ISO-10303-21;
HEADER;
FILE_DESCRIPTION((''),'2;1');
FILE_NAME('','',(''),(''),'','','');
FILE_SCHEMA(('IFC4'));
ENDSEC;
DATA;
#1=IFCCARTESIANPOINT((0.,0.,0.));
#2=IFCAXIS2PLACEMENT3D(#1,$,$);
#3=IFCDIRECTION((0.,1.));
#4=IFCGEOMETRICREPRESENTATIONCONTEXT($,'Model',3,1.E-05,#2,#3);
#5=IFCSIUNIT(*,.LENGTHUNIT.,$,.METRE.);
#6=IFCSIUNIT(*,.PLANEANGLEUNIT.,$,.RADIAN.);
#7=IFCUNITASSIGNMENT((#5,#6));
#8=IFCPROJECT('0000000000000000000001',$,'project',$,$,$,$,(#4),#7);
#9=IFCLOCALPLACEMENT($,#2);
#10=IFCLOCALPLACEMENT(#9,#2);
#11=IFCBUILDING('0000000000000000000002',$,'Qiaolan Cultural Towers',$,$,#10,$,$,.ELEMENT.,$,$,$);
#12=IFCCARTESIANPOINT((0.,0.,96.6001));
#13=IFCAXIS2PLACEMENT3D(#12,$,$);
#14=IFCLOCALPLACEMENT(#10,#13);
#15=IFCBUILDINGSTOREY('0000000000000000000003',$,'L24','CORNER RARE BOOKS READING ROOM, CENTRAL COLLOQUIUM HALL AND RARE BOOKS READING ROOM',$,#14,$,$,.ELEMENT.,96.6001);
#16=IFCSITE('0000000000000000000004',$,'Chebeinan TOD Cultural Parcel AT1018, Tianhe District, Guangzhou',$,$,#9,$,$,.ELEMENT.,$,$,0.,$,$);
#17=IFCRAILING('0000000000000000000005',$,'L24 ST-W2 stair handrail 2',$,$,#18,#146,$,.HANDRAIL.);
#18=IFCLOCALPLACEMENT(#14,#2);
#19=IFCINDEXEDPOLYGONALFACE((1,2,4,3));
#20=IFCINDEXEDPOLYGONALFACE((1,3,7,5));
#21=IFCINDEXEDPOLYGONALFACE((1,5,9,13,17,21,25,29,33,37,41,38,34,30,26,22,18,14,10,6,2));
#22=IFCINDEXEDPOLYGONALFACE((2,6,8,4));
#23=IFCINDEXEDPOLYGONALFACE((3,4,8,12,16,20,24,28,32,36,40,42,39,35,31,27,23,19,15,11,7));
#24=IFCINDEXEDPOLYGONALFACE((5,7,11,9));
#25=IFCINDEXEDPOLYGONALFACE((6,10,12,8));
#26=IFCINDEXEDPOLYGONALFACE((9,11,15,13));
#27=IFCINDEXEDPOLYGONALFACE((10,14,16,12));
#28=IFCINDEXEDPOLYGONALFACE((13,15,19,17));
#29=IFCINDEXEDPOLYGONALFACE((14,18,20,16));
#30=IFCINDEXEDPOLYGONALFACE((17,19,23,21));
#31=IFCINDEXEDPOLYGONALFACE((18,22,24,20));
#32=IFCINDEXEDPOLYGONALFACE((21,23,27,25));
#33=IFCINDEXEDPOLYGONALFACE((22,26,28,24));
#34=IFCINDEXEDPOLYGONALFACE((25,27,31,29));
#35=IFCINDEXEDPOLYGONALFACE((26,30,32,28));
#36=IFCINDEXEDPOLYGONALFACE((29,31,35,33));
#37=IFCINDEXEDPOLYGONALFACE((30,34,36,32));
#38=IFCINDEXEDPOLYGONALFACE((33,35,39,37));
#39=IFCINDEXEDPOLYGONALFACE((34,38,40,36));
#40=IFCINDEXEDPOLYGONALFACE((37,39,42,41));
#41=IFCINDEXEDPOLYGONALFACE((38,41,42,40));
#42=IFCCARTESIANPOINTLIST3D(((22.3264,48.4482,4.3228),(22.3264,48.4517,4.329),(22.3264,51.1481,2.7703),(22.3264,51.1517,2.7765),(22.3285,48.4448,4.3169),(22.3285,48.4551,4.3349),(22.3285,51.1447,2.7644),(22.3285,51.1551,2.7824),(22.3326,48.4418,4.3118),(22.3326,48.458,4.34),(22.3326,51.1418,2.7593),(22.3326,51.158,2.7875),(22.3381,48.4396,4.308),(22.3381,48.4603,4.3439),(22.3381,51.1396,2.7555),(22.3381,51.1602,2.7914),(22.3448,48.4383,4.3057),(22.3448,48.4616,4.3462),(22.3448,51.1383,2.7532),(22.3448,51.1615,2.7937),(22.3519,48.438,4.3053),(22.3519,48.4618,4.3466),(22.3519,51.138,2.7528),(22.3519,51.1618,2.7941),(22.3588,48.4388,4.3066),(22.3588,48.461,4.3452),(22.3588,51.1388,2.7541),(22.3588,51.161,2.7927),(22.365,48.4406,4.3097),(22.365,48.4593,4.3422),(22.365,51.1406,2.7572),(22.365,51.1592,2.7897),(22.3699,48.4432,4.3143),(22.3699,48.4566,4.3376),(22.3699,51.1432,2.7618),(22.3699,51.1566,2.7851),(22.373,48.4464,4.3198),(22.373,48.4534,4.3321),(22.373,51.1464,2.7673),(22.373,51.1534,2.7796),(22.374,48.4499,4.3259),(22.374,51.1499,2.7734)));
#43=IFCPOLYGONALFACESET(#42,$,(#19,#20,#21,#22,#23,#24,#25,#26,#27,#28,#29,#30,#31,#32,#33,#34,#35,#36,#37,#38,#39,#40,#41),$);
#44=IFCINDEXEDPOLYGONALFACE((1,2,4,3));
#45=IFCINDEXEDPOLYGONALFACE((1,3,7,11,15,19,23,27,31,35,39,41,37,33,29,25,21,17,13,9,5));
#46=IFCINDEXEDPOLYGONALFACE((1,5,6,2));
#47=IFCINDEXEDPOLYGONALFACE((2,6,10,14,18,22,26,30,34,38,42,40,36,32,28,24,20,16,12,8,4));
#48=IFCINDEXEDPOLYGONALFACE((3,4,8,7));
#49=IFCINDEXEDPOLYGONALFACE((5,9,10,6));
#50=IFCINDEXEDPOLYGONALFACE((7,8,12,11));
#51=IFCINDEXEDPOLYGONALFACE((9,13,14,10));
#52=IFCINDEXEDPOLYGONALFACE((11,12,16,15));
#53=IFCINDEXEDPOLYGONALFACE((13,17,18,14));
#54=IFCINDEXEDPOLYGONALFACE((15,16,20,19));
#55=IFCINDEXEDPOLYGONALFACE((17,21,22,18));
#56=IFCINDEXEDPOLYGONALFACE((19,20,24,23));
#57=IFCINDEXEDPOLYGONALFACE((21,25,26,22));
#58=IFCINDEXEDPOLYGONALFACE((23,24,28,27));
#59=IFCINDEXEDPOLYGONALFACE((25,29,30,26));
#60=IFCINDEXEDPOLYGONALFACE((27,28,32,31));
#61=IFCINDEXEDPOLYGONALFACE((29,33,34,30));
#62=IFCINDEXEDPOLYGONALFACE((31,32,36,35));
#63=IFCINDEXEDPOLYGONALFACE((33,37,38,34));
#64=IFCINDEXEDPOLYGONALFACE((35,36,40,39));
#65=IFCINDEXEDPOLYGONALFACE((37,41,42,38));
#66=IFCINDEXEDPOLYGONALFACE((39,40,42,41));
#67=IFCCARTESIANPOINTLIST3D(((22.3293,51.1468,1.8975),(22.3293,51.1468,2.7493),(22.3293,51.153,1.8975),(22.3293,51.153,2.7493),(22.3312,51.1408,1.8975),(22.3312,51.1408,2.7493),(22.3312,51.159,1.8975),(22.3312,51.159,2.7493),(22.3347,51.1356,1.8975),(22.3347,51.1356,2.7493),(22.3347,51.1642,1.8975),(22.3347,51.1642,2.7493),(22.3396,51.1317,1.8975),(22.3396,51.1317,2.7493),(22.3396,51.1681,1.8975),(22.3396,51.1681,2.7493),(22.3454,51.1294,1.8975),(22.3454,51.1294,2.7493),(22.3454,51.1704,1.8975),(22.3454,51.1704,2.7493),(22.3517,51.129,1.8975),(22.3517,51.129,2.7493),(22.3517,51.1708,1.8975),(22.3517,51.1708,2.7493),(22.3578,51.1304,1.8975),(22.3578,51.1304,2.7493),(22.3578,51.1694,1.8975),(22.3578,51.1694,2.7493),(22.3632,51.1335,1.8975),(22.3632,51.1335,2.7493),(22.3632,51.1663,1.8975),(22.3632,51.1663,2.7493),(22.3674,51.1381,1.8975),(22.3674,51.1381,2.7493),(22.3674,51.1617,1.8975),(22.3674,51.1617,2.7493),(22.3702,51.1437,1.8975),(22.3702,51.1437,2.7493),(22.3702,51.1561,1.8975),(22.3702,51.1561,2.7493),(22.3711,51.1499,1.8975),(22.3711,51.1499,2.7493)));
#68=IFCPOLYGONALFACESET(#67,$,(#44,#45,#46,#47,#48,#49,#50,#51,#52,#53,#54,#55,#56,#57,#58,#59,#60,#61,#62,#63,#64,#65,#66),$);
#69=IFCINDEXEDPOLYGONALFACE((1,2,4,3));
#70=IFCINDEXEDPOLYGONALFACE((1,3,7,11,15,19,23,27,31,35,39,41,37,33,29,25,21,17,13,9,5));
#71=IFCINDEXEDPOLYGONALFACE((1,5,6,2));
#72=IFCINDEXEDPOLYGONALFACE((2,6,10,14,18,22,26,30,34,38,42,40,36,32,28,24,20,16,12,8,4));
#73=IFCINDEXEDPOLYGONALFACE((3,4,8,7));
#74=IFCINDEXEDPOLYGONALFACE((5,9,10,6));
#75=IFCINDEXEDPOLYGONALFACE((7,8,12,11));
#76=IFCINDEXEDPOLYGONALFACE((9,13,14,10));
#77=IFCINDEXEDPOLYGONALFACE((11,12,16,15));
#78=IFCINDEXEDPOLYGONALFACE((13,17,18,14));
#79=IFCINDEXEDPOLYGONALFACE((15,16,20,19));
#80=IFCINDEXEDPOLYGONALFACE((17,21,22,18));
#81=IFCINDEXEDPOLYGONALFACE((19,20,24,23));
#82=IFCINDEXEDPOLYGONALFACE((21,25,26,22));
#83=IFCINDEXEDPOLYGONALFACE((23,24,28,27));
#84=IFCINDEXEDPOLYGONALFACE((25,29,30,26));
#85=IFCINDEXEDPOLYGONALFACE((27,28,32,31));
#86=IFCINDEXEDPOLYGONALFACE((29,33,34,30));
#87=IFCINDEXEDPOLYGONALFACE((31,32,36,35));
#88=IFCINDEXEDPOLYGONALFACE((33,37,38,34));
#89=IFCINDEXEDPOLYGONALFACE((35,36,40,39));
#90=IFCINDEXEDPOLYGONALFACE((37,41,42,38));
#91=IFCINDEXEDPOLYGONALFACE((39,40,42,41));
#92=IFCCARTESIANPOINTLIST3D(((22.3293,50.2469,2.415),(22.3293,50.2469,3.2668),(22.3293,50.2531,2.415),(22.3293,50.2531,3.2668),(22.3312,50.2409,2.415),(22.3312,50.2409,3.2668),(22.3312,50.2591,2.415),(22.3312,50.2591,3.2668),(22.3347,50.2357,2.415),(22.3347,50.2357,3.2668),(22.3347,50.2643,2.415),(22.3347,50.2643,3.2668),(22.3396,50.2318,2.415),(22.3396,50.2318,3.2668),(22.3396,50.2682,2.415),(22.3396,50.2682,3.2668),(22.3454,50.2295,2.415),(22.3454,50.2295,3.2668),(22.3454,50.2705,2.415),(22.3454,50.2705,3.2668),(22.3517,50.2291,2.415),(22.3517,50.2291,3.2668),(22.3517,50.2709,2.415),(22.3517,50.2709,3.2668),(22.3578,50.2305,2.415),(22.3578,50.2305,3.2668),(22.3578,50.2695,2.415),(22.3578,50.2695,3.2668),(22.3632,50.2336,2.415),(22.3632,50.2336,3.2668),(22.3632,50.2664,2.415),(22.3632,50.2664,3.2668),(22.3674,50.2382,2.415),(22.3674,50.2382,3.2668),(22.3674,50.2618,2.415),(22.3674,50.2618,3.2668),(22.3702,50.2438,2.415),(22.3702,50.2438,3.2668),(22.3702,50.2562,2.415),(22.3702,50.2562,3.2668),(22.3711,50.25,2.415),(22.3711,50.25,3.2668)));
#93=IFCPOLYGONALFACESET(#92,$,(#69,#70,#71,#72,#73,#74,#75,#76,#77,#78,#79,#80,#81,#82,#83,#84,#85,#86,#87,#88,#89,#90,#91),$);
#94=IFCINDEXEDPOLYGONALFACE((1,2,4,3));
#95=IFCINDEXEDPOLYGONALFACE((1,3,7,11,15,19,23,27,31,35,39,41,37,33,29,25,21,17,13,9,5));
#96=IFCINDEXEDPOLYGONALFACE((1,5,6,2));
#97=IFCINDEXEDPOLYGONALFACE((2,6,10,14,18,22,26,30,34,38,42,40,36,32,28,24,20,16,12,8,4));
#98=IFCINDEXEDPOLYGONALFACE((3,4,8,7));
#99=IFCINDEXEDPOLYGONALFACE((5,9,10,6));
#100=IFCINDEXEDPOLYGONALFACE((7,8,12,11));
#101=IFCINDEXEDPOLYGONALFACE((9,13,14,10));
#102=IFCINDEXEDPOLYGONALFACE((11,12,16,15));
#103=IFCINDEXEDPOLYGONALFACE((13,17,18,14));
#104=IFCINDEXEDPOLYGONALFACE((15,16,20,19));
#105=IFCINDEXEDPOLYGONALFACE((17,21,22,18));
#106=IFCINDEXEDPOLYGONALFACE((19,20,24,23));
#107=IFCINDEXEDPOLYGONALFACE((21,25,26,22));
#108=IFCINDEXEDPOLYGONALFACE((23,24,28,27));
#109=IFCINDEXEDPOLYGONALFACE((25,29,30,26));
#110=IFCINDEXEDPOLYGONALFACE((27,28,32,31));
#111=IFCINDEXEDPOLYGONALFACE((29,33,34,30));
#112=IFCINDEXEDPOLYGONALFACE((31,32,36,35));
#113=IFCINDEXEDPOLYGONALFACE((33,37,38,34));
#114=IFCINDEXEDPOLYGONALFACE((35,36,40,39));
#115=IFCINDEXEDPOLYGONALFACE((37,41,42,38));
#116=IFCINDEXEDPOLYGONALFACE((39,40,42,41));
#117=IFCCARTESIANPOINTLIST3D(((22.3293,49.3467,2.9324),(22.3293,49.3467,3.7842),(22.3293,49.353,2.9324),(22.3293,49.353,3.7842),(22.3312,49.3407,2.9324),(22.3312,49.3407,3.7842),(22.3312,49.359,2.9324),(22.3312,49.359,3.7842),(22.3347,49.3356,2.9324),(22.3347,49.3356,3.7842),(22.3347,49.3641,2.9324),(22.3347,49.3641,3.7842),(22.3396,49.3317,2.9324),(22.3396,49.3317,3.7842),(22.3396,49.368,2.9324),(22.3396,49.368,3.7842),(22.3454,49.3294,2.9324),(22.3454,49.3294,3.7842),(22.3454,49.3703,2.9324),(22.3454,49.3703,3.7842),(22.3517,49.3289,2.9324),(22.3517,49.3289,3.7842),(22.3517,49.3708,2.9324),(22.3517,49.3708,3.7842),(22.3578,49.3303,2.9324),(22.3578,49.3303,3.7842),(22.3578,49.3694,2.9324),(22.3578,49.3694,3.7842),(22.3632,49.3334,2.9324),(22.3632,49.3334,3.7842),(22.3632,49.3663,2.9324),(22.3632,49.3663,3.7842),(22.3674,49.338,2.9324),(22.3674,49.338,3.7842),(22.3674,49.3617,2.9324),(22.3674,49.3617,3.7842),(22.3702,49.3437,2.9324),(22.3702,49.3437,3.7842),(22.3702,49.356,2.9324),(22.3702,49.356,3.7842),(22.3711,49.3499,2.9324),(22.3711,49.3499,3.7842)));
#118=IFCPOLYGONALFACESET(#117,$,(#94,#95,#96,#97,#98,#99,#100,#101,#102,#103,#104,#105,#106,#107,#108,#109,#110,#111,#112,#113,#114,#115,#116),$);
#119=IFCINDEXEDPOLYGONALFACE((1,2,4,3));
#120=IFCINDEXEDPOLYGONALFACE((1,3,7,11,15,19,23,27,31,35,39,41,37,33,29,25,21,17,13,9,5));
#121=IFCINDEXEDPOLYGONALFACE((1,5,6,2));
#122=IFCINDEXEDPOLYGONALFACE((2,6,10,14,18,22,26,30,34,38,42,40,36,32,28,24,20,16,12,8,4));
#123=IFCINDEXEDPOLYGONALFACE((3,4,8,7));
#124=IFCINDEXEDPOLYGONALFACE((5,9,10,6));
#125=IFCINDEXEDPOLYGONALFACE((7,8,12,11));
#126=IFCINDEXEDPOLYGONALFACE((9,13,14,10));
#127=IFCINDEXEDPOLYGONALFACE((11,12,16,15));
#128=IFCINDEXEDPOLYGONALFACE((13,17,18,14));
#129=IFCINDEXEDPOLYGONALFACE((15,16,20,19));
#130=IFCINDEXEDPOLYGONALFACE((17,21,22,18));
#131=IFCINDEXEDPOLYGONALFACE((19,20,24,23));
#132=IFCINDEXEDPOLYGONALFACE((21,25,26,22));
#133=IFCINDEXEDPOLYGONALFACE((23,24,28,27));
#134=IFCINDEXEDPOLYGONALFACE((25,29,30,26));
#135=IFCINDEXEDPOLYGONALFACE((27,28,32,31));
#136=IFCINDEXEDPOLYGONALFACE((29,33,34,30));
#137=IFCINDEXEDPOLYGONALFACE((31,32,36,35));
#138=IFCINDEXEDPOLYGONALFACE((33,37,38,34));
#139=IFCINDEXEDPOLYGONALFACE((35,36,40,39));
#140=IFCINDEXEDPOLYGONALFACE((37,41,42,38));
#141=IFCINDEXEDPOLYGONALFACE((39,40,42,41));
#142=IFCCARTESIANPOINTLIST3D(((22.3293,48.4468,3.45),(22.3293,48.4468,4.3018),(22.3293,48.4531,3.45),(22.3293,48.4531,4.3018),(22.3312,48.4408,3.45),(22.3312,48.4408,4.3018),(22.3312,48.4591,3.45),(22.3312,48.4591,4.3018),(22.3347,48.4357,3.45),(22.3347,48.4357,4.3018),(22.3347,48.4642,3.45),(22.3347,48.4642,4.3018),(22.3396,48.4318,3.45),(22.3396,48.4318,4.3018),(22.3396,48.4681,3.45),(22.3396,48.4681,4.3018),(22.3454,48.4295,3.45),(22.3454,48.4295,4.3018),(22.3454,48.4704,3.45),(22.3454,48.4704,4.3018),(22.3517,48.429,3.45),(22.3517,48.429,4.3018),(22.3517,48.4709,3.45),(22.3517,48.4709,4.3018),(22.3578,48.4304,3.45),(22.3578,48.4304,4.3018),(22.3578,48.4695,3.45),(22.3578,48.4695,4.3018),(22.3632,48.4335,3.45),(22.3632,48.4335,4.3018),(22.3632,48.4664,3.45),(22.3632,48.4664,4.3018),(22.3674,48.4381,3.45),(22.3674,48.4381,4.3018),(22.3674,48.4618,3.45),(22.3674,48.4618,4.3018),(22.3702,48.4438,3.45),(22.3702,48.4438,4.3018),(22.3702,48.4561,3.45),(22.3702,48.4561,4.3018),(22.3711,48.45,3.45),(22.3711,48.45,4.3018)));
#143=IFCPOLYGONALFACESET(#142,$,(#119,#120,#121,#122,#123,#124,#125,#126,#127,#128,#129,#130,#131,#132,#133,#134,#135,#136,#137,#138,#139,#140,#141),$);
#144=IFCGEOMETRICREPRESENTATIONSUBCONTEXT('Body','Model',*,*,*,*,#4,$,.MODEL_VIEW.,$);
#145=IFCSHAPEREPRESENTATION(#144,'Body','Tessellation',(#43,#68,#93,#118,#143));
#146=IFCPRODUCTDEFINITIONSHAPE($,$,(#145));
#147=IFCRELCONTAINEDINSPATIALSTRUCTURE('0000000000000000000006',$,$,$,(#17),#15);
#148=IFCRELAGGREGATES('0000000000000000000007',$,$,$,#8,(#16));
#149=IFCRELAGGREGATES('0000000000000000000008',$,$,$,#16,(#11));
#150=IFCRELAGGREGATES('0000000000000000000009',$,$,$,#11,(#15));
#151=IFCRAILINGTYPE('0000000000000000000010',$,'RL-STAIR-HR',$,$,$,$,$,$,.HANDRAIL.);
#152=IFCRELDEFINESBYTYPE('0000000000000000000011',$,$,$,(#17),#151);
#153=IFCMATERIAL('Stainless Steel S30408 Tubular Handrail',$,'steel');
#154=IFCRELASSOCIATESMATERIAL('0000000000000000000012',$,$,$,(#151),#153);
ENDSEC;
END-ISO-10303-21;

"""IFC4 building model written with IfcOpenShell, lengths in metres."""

from ifc_helpers import new_model, si_unit, direction, frame, origin, origin_2d, place, context, subcontext, project, spatial, circle, extrude, material, type_object, element, save


model = new_model("IFC4")

# Units and contexts
model_context = context("Model", 3, precision=1e-05, world=origin(), true_north=direction((0.0, 1.0)))
body_context = subcontext(model_context, "Body", "Model", "MODEL_VIEW")
ifc_project = project(units=[si_unit("LENGTHUNIT", "METRE"), si_unit("PLANEANGLEUNIT", "RADIAN")], contexts=[model_context])

# Site, building, storey
site_placement = place(None, origin())
site = spatial("IfcSite", under=ifc_project, at=site_placement, Name="Chebeinan TOD Cultural Parcel AT1018, Tianhe District, Guangzhou", CompositionType="ELEMENT", RefElevation=0.0)
building_placement = place(site_placement, origin())
building = spatial("IfcBuilding", under=site, at=building_placement, Name="Qiaolan Cultural Towers", CompositionType="ELEMENT")
storey_placement = place(building_placement, frame((0.0, 0.0, 96.6001)))
storey = spatial("IfcBuildingStorey", under=building, at=storey_placement, Name="L24", Description="CORNER RARE BOOKS READING ROOM, CENTRAL COLLOQUIUM HALL AND RARE BOOKS READING ROOM", CompositionType="ELEMENT", Elevation=96.6001)

# Railing
ifc_material_1 = material(Name="Stainless Steel S30408 Tubular Handrail", Category="steel")
railing_type_1 = type_object("IfcRailingType", Name="RL-STAIR-HR", PredefinedType="HANDRAIL", material=ifc_material_1)
railing_1_placement = place(storey_placement, frame((22.3501, 51.1499, 1.8975)))
element("IfcRailing", 1, at=railing_1_placement, inside=storey, type_object=railing_type_1, Name="L24 ST-W2 stair handrail 2", PredefinedType="HANDRAIL", context=body_context, shape_type="SweptSolid", body=[
    extrude(circle(Radius=0.0239, at=origin_2d()), frame((0.0, 0.0, 0.876), z_axis=(0.0, -0.866904, 0.498476), x_axis=(1.0, 0.0, 0.0)), (0.0, 0.0, 1.0), 3.1145),
    extrude(circle(Radius=0.021, at=origin_2d()), origin(), (0.0, 0.0, 1.0), 0.8518),
    extrude(circle(Radius=0.021, at=origin_2d()), frame((0.0, -0.8999, 0.5176)), (0.0, 0.0, 1.0), 0.8518),
    extrude(circle(Radius=0.021, at=origin_2d()), frame((0.0, -1.8, 1.0349)), (0.0, 0.0, 1.0), 0.8518),
    extrude(circle(Radius=0.021, at=origin_2d()), frame((0.0, -2.7, 1.5525)), (0.0, 0.0, 1.0), 0.8518),
])

save(model, "model.ifc")
